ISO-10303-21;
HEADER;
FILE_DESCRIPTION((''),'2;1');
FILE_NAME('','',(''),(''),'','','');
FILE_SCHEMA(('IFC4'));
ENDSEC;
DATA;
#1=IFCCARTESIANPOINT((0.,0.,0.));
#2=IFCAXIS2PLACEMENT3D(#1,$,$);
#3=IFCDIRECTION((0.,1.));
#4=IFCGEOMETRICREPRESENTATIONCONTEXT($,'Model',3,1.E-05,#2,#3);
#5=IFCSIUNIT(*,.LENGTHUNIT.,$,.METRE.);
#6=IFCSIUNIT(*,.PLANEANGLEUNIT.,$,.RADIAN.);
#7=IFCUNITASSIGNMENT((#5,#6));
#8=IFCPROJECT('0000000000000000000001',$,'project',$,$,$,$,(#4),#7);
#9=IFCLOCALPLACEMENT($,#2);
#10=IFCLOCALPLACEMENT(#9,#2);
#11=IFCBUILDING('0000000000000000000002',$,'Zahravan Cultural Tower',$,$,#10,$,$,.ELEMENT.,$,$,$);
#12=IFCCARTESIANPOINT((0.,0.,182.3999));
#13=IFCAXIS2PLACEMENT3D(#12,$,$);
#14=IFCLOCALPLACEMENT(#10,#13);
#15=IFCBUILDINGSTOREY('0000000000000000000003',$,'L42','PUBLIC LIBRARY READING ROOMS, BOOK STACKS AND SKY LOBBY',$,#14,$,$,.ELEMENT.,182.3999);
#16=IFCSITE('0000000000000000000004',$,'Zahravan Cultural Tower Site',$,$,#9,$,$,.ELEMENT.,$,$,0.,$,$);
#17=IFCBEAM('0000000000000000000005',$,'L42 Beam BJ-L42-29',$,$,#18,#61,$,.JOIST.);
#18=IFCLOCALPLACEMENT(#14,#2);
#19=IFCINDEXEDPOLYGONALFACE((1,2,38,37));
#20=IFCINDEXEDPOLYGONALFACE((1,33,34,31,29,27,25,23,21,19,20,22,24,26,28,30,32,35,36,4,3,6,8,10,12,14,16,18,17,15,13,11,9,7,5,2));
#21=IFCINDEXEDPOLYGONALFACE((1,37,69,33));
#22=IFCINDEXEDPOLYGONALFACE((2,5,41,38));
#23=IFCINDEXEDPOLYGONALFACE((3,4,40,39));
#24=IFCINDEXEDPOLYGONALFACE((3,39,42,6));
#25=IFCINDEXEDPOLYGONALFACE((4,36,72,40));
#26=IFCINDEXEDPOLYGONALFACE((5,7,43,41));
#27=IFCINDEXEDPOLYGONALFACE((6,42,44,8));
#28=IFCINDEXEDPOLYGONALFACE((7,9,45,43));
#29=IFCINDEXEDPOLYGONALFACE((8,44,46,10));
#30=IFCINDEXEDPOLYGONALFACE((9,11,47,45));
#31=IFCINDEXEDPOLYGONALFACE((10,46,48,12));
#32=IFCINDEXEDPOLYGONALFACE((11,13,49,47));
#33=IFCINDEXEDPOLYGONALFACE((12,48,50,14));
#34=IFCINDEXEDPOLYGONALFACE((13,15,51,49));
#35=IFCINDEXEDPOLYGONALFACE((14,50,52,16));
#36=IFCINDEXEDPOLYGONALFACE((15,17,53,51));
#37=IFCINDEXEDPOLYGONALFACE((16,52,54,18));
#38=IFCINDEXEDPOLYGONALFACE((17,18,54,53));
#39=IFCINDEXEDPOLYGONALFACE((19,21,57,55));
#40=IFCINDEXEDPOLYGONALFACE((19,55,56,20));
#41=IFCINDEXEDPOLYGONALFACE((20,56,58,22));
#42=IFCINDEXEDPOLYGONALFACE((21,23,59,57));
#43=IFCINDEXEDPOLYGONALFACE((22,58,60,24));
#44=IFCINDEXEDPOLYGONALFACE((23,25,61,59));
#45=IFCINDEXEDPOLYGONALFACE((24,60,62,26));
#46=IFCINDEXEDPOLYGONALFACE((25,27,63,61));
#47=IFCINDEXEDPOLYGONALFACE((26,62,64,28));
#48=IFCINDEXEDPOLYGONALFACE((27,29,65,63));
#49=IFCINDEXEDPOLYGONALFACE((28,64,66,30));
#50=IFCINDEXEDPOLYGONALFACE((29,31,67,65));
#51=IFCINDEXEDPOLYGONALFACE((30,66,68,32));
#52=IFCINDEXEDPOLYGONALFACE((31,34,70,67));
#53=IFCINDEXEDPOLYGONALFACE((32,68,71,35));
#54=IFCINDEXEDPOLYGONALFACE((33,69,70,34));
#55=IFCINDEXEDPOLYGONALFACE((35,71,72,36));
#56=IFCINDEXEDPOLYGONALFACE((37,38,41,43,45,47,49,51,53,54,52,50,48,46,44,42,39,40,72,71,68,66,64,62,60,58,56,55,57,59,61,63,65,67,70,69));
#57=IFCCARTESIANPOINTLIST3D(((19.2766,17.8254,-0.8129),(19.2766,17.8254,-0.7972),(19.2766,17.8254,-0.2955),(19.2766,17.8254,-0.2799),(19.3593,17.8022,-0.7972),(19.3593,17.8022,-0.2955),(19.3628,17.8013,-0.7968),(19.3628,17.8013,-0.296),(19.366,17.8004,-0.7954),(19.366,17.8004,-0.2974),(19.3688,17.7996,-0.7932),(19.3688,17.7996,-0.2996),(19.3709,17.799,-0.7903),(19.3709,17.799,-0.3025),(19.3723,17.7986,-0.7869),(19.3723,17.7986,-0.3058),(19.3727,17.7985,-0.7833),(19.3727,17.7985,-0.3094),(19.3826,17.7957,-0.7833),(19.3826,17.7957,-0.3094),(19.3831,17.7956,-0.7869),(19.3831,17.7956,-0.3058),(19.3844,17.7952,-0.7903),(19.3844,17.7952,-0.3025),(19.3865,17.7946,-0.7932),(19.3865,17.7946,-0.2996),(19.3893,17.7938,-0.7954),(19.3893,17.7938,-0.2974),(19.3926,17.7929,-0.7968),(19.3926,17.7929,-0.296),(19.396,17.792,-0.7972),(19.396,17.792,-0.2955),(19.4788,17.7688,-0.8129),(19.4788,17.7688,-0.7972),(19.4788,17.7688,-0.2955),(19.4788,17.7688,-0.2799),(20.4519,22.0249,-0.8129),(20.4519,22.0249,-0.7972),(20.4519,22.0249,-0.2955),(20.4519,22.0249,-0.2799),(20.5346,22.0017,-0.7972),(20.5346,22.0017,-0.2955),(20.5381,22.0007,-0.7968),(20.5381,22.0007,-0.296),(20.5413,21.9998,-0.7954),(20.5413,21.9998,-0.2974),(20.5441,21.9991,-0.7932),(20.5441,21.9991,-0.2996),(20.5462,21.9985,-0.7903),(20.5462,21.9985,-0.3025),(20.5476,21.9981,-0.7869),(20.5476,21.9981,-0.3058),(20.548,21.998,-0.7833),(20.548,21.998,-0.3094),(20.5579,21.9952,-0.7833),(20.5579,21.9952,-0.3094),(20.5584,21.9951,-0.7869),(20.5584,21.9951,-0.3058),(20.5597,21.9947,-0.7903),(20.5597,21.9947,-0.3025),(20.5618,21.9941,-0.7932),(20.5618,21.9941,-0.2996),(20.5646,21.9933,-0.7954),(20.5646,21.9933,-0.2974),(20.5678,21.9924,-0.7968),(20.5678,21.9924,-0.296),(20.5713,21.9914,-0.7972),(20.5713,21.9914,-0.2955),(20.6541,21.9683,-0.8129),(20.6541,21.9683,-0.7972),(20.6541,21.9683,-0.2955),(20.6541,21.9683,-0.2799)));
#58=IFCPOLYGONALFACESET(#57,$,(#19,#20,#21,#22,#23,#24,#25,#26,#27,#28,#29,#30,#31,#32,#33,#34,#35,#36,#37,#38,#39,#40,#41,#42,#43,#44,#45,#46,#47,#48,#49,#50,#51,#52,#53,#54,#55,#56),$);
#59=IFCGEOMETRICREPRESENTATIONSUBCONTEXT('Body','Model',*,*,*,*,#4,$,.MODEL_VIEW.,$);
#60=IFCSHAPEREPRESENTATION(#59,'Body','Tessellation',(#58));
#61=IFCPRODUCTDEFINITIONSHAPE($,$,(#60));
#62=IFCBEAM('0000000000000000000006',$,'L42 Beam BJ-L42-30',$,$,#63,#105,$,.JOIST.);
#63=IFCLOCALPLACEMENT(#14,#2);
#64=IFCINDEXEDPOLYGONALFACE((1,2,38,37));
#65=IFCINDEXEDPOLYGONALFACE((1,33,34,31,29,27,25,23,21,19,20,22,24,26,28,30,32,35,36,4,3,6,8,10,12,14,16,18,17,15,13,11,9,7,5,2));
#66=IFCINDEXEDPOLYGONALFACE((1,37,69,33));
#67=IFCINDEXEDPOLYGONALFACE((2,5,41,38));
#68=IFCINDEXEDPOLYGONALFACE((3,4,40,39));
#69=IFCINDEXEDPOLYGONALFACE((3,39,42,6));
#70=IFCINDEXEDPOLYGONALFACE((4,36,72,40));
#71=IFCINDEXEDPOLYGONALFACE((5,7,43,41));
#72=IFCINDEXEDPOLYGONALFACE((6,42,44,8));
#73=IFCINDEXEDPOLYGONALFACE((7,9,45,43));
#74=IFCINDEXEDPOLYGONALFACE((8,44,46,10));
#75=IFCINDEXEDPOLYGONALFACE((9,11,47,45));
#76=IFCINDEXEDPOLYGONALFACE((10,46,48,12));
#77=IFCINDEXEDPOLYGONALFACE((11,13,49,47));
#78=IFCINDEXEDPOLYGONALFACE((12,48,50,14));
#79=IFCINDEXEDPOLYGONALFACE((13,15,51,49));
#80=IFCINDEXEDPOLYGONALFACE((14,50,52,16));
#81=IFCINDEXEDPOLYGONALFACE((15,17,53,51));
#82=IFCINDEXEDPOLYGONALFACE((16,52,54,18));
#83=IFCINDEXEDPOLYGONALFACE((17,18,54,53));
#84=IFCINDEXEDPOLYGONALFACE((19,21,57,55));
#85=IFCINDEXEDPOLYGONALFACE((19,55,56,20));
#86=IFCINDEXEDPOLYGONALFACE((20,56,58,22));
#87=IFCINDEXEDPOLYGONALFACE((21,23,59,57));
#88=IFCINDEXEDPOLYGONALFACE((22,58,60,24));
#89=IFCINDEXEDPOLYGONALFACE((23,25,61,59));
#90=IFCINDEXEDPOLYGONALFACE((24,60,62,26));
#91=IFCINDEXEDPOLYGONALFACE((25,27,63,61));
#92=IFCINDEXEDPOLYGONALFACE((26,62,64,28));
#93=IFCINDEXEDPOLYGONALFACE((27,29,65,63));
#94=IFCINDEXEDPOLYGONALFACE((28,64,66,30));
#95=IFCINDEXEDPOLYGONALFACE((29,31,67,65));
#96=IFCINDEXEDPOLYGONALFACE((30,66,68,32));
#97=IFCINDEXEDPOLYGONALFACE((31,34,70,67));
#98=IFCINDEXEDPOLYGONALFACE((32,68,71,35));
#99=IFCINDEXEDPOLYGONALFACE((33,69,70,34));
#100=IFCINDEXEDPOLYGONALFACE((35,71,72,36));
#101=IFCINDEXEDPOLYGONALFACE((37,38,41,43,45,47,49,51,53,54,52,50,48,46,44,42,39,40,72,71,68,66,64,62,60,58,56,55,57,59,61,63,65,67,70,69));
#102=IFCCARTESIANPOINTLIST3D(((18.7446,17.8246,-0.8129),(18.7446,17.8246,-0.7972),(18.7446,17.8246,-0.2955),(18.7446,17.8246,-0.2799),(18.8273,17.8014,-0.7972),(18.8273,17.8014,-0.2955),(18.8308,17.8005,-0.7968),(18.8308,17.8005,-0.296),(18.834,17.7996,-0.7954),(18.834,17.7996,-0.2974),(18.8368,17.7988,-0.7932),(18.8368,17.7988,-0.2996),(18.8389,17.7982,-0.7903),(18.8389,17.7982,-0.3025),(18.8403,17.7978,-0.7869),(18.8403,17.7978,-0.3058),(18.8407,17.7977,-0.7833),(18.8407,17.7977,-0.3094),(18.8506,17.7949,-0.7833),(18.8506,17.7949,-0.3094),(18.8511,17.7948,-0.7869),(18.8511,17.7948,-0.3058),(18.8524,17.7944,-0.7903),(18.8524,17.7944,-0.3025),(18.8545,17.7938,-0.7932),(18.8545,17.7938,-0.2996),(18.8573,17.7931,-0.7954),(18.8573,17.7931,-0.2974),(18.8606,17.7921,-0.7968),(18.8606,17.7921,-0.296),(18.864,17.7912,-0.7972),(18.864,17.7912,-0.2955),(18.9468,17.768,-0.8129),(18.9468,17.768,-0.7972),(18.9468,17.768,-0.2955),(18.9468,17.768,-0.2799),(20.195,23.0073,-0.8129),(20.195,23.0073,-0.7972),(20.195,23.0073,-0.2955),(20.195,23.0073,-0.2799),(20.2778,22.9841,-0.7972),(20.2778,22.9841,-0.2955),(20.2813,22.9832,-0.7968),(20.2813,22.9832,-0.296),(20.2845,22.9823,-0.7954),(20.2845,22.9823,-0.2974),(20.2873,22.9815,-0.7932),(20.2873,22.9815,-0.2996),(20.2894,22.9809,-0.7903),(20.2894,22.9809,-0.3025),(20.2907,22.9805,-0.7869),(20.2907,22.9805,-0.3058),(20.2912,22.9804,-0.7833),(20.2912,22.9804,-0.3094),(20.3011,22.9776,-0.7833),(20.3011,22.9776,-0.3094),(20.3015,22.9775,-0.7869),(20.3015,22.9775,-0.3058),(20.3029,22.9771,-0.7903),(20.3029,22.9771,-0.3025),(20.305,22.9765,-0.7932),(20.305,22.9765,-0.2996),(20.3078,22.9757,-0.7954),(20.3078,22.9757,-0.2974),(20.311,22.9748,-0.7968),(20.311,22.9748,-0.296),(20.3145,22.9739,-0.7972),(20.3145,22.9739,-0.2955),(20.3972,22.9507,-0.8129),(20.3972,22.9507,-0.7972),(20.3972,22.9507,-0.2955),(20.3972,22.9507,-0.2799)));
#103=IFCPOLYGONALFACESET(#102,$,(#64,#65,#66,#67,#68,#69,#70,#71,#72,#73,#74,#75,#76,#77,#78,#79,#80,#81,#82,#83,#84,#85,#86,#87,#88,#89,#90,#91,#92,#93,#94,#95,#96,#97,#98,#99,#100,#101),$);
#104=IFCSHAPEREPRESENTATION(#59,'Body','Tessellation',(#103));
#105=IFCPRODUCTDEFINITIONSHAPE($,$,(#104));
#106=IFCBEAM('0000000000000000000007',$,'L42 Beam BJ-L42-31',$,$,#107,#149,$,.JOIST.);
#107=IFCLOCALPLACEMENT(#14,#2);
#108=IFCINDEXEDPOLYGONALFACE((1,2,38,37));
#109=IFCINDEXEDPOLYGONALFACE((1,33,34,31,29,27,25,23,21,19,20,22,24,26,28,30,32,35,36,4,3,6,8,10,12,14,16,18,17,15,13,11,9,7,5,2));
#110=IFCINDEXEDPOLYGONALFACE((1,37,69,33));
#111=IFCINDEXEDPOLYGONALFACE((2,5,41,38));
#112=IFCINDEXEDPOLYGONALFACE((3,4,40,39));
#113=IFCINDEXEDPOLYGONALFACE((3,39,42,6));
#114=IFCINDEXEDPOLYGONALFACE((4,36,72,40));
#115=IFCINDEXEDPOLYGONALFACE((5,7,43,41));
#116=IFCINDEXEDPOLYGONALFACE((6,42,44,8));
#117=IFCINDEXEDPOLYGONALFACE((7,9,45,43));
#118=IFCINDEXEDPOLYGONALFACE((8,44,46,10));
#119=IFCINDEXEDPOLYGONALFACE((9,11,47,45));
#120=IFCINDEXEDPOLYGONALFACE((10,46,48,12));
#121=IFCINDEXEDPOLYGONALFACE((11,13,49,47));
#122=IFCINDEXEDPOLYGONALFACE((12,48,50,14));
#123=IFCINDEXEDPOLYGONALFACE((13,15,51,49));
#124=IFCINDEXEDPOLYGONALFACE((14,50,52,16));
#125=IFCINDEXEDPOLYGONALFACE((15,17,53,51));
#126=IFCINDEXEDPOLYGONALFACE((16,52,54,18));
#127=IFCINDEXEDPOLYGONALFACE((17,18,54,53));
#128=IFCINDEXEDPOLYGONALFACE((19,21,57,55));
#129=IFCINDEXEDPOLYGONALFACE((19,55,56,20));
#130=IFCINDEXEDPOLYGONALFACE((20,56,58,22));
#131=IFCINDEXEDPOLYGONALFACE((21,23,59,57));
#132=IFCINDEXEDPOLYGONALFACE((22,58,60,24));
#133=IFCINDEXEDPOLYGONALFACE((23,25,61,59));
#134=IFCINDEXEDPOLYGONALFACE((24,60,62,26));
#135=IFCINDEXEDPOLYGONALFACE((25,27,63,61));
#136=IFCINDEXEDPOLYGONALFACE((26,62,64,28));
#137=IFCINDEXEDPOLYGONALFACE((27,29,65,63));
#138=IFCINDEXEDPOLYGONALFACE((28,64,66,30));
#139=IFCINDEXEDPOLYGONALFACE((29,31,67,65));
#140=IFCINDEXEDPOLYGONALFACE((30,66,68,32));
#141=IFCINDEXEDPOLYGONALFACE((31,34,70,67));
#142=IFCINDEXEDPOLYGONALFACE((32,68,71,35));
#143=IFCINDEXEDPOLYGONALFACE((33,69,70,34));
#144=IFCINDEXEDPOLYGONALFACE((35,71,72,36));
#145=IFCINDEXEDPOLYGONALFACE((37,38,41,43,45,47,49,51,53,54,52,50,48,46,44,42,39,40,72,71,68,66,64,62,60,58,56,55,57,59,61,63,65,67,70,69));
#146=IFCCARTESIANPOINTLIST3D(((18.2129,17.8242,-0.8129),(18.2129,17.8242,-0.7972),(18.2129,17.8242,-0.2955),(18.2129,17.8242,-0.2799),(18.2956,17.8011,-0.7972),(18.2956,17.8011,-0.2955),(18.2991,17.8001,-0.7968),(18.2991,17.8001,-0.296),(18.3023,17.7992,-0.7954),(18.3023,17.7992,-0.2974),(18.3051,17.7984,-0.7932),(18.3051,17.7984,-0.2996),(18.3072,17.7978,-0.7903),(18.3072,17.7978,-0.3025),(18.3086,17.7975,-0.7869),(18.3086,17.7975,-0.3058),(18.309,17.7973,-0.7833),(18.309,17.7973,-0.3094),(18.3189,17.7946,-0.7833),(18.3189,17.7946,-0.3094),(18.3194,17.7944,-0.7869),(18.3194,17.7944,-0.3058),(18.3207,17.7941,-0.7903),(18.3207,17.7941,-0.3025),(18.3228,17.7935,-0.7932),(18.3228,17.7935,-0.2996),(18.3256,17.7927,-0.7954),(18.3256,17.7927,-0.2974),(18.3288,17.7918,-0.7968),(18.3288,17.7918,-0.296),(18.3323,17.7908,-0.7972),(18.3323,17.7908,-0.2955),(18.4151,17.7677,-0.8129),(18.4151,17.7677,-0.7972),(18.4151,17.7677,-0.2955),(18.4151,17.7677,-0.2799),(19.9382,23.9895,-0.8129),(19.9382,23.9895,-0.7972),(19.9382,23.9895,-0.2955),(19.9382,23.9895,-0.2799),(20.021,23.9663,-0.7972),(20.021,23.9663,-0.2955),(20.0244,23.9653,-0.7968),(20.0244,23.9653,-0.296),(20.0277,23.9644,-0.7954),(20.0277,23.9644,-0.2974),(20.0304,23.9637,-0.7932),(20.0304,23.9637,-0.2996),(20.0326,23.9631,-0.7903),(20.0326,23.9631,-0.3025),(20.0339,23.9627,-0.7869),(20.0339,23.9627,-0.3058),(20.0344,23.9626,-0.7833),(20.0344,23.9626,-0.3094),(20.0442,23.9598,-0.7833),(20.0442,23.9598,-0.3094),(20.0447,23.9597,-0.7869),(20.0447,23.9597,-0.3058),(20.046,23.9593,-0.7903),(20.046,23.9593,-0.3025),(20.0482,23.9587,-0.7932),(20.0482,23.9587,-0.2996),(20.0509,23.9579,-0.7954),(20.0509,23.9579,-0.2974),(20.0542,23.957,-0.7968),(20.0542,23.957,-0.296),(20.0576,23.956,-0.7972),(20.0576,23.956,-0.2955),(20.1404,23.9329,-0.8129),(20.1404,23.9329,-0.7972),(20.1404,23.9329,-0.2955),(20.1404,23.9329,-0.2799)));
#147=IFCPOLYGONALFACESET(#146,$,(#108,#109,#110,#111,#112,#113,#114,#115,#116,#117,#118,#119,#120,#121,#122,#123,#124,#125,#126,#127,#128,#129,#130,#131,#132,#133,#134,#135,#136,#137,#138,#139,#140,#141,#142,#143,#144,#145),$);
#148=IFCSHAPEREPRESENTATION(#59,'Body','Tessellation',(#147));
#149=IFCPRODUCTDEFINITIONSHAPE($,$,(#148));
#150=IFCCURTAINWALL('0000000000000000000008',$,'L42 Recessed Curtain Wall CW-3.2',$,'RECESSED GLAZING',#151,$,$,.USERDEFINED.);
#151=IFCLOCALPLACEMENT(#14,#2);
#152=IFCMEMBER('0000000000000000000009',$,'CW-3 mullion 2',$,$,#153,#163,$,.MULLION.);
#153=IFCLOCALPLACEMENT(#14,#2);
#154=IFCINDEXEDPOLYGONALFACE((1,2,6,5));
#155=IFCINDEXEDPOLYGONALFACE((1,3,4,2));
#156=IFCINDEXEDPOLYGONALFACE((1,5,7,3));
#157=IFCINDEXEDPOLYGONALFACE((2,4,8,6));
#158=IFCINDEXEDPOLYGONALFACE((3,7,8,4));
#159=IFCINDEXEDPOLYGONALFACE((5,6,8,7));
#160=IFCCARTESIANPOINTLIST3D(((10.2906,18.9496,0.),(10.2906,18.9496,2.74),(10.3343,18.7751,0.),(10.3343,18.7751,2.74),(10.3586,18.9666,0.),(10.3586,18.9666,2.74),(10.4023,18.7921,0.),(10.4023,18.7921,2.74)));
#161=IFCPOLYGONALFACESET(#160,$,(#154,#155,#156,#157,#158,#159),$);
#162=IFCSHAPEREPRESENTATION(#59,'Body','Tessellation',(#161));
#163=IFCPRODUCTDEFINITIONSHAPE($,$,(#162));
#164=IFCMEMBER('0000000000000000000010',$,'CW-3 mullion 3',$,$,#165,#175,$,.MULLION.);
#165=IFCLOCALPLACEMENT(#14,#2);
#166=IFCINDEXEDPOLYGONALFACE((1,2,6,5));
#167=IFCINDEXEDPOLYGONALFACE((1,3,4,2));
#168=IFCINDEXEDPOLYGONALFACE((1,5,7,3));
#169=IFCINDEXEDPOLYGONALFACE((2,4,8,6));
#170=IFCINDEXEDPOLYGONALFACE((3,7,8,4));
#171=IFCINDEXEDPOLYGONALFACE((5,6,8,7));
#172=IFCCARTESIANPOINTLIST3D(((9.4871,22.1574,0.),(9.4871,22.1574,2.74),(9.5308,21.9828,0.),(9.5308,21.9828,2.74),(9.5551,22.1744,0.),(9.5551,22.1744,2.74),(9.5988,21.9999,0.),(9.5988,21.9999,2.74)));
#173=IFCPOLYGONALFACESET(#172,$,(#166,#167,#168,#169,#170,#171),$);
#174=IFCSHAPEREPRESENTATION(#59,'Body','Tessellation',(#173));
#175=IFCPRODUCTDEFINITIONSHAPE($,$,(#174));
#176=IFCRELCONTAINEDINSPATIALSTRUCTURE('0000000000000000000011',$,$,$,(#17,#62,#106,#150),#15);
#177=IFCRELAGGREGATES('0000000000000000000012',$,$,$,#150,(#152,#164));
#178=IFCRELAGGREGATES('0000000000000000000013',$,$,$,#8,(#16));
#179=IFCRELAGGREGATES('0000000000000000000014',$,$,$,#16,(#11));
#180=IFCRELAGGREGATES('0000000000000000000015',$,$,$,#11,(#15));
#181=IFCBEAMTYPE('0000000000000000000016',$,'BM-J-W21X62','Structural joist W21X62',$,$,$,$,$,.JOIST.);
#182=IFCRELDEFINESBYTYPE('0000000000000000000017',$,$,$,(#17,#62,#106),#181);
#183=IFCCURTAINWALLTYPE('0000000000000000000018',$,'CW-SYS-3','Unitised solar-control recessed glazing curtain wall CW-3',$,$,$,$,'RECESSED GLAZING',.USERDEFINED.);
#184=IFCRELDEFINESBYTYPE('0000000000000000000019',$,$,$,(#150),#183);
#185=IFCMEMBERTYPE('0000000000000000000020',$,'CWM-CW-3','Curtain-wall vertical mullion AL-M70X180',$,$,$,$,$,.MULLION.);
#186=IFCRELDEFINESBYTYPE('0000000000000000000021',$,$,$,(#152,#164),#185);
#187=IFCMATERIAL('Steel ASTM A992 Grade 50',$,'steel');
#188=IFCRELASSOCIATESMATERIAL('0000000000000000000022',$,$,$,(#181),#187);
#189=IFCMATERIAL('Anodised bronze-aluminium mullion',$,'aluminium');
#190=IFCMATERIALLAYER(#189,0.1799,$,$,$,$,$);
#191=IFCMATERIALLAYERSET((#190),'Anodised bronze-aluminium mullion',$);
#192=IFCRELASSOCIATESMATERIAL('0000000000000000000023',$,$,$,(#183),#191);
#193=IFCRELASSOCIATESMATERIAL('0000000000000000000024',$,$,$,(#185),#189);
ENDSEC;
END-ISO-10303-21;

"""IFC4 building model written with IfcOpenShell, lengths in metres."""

from ifc_helpers import new_model, si_unit, direction, frame, origin, origin_2d, place, context, subcontext, project, spatial, rectangle, i_section, extrude, source, transform, mapped, material, layer, layer_set, material_profile, profile_set, type_object, element, aggregate, save


model = new_model("IFC4")

# Units and contexts
model_context = context("Model", 3, precision=1e-05, world=origin(), true_north=direction((0.0, 1.0)))
body_context = subcontext(model_context, "Body", "Model", "MODEL_VIEW")
ifc_project = project(units=[si_unit("LENGTHUNIT", "METRE"), si_unit("PLANEANGLEUNIT", "RADIAN")], contexts=[model_context])

# Site, building, storey
site_placement = place(None, origin())
site = spatial("IfcSite", under=ifc_project, at=site_placement, Name="Zahravan Cultural Tower Site", CompositionType="ELEMENT", RefElevation=0.0)
building_placement = place(site_placement, origin())
building = spatial("IfcBuilding", under=site, at=building_placement, Name="Zahravan Cultural Tower", CompositionType="ELEMENT")
storey_placement = place(building_placement, frame((0.0, 0.0, 182.3999)))
storey = spatial("IfcBuildingStorey", under=building, at=storey_placement, Name="L42", Description="PUBLIC LIBRARY READING ROOMS, BOOK STACKS AND SKY LOBBY", CompositionType="ELEMENT", Elevation=182.3999)

# Shared definitions
ifc_material_1 = material(Name="Steel ASTM A992 Grade 50", Category="steel")

# Beams
ifc_material_profile_1 = material_profile(ifc_material_1, i_section(OverallWidth=0.21, OverallDepth=0.533, WebThickness=0.0103, FlangeThickness=0.0156, FilletRadius=0.0139, at=origin_2d()), Name="W21X62")
ifc_profile_set_1 = profile_set([ifc_material_profile_1], Name="Steel ASTM A992 Grade 50")
beam_type = type_object("IfcBeamType", Name="BM-J-W21X62", Description="Structural joist W21X62", PredefinedType="JOIST", material=ifc_profile_set_1)
shared_shape_1 = source(origin(), body_context, "Body", "SweptSolid", [
    extrude(i_section(OverallWidth=0.21, OverallDepth=0.533, WebThickness=0.0103, FlangeThickness=0.0156, FilletRadius=0.0139, at=origin_2d()), origin(), (0.0, 0.0, 1.0), 4.3608),
])
beam_1_placement = place(storey_placement, frame((20.553, 21.9966, -0.5464), z_axis=(-0.269512, -0.962997, 0.0), x_axis=(0.962997, -0.269512, 0.0)))
element("IfcBeam", 1, at=beam_1_placement, inside=storey, type_object=beam_type, Name="L42 Beam BJ-L42-29", PredefinedType="JOIST", context=body_context, shape_type="MappedRepresentation", body=[
    mapped(shared_shape_1, transform((0.0, 0.0, 0.0), x_axis=(1.0, 0.0, 0.0), y_axis=(0.0, 1.0, 0.0), z_axis=(0.0, 0.0, 1.0), scale=1.0)),
])
shared_shape_2 = source(origin(), body_context, "Body", "SweptSolid", [
    extrude(i_section(OverallWidth=0.21, OverallDepth=0.533, WebThickness=0.0103, FlangeThickness=0.0156, FilletRadius=0.0139, at=origin_2d()), origin(), (0.0, 0.0, 1.0), 5.3818),
])
beam_2_placement = place(storey_placement, frame((20.2961, 22.979, -0.5464), z_axis=(-0.26951, -0.962997, 0.0), x_axis=(0.962997, -0.26951, 0.0)))
element("IfcBeam", 2, at=beam_2_placement, inside=storey, type_object=beam_type, Name="L42 Beam BJ-L42-30", PredefinedType="JOIST", context=body_context, shape_type="MappedRepresentation", body=[
    mapped(shared_shape_2, transform((0.0, 0.0, 0.0), x_axis=(1.0, 0.0, 0.0), y_axis=(0.0, 1.0, 0.0), z_axis=(0.0, 0.0, 1.0), scale=1.0)),
])
shared_shape_3 = source(origin(), body_context, "Body", "SweptSolid", [
    extrude(i_section(OverallWidth=0.21, OverallDepth=0.533, WebThickness=0.0103, FlangeThickness=0.0156, FilletRadius=0.0139, at=origin_2d()), origin(), (0.0, 0.0, 1.0), 6.4021),
])
beam_3_placement = place(storey_placement, frame((20.0393, 23.9612, -0.5464), z_axis=(-0.269494, -0.963002, 0.0), x_axis=(0.963002, -0.269494, 0.0)))
element("IfcBeam", 3, at=beam_3_placement, inside=storey, type_object=beam_type, Name="L42 Beam BJ-L42-31", PredefinedType="JOIST", context=body_context, shape_type="MappedRepresentation", body=[
    mapped(shared_shape_3, transform((0.0, 0.0, 0.0), x_axis=(1.0, 0.0, 0.0), y_axis=(0.0, 1.0, 0.0), z_axis=(0.0, 0.0, 1.0), scale=1.0)),
])

# Curtain wall, members
ifc_material_2 = material(Name="Anodised bronze-aluminium mullion", Category="aluminium")
ifc_layer_1 = layer(ifc_material_2, 0.1799)
ifc_layer_set_1 = layer_set([ifc_layer_1], Name="Anodised bronze-aluminium mullion")
curtain_wall_type = type_object("IfcCurtainWallType", Name="CW-SYS-3", Description="Unitised solar-control recessed glazing curtain wall CW-3", ElementType="RECESSED GLAZING", PredefinedType="USERDEFINED", material=ifc_layer_set_1)
curtain_wall_placement = place(storey_placement, origin())
curtain_wall = element("IfcCurtainWall", 4, at=curtain_wall_placement, inside=storey, type_object=curtain_wall_type, Name="L42 Recessed Curtain Wall CW-3.2", ObjectType="RECESSED GLAZING", PredefinedType="USERDEFINED")
ifc_material_profile_2 = material_profile(ifc_material_2, rectangle(XDim=0.0701, YDim=0.1799, at=origin_2d()), Name="AL-M70X180")
ifc_profile_set_2 = profile_set([ifc_material_profile_2], Name="Anodised bronze-aluminium mullion")
member_type_1 = type_object("IfcMemberType", Name="CWM-CW-3", Description="Curtain-wall vertical mullion AL-M70X180", PredefinedType="MULLION", material=ifc_profile_set_2)
shared_shape_4 = source(origin(), body_context, "Body", "SweptSolid", [
    extrude(rectangle(XDim=0.0701, YDim=0.1799, at=origin_2d()), origin(), (0.0, 0.0, 1.0), 2.74),
])
member_1_placement = place(storey_placement, frame((10.3464, 18.8708, 0.0), z_axis=(0.0, 0.0, 1.0), x_axis=(-0.97004, -0.242944, 0.0)))
member_1 = element("IfcMember", 5, at=member_1_placement, type_object=member_type_1, Name="CW-3 mullion 2", PredefinedType="MULLION", context=body_context, shape_type="MappedRepresentation", body=[
    mapped(shared_shape_4, transform((0.0, 0.0, 0.0), x_axis=(1.0, 0.0, 0.0), y_axis=(0.0, 1.0, 0.0), z_axis=(0.0, 0.0, 1.0), scale=1.0)),
])
member_2_placement = place(storey_placement, frame((9.543, 22.0786, 0.0), z_axis=(0.0, 0.0, 1.0), x_axis=(-0.97004, -0.242944, 0.0)))
member_2 = element("IfcMember", 6, at=member_2_placement, type_object=member_type_1, Name="CW-3 mullion 3", PredefinedType="MULLION", context=body_context, shape_type="MappedRepresentation", body=[
    mapped(shared_shape_4, transform((0.0, 0.0, 0.0), x_axis=(1.0, 0.0, 0.0), y_axis=(0.0, 1.0, 0.0), z_axis=(0.0, 0.0, 1.0), scale=1.0)),
])
aggregate(curtain_wall, [member_1, member_2])

save(model, "model.ifc")
